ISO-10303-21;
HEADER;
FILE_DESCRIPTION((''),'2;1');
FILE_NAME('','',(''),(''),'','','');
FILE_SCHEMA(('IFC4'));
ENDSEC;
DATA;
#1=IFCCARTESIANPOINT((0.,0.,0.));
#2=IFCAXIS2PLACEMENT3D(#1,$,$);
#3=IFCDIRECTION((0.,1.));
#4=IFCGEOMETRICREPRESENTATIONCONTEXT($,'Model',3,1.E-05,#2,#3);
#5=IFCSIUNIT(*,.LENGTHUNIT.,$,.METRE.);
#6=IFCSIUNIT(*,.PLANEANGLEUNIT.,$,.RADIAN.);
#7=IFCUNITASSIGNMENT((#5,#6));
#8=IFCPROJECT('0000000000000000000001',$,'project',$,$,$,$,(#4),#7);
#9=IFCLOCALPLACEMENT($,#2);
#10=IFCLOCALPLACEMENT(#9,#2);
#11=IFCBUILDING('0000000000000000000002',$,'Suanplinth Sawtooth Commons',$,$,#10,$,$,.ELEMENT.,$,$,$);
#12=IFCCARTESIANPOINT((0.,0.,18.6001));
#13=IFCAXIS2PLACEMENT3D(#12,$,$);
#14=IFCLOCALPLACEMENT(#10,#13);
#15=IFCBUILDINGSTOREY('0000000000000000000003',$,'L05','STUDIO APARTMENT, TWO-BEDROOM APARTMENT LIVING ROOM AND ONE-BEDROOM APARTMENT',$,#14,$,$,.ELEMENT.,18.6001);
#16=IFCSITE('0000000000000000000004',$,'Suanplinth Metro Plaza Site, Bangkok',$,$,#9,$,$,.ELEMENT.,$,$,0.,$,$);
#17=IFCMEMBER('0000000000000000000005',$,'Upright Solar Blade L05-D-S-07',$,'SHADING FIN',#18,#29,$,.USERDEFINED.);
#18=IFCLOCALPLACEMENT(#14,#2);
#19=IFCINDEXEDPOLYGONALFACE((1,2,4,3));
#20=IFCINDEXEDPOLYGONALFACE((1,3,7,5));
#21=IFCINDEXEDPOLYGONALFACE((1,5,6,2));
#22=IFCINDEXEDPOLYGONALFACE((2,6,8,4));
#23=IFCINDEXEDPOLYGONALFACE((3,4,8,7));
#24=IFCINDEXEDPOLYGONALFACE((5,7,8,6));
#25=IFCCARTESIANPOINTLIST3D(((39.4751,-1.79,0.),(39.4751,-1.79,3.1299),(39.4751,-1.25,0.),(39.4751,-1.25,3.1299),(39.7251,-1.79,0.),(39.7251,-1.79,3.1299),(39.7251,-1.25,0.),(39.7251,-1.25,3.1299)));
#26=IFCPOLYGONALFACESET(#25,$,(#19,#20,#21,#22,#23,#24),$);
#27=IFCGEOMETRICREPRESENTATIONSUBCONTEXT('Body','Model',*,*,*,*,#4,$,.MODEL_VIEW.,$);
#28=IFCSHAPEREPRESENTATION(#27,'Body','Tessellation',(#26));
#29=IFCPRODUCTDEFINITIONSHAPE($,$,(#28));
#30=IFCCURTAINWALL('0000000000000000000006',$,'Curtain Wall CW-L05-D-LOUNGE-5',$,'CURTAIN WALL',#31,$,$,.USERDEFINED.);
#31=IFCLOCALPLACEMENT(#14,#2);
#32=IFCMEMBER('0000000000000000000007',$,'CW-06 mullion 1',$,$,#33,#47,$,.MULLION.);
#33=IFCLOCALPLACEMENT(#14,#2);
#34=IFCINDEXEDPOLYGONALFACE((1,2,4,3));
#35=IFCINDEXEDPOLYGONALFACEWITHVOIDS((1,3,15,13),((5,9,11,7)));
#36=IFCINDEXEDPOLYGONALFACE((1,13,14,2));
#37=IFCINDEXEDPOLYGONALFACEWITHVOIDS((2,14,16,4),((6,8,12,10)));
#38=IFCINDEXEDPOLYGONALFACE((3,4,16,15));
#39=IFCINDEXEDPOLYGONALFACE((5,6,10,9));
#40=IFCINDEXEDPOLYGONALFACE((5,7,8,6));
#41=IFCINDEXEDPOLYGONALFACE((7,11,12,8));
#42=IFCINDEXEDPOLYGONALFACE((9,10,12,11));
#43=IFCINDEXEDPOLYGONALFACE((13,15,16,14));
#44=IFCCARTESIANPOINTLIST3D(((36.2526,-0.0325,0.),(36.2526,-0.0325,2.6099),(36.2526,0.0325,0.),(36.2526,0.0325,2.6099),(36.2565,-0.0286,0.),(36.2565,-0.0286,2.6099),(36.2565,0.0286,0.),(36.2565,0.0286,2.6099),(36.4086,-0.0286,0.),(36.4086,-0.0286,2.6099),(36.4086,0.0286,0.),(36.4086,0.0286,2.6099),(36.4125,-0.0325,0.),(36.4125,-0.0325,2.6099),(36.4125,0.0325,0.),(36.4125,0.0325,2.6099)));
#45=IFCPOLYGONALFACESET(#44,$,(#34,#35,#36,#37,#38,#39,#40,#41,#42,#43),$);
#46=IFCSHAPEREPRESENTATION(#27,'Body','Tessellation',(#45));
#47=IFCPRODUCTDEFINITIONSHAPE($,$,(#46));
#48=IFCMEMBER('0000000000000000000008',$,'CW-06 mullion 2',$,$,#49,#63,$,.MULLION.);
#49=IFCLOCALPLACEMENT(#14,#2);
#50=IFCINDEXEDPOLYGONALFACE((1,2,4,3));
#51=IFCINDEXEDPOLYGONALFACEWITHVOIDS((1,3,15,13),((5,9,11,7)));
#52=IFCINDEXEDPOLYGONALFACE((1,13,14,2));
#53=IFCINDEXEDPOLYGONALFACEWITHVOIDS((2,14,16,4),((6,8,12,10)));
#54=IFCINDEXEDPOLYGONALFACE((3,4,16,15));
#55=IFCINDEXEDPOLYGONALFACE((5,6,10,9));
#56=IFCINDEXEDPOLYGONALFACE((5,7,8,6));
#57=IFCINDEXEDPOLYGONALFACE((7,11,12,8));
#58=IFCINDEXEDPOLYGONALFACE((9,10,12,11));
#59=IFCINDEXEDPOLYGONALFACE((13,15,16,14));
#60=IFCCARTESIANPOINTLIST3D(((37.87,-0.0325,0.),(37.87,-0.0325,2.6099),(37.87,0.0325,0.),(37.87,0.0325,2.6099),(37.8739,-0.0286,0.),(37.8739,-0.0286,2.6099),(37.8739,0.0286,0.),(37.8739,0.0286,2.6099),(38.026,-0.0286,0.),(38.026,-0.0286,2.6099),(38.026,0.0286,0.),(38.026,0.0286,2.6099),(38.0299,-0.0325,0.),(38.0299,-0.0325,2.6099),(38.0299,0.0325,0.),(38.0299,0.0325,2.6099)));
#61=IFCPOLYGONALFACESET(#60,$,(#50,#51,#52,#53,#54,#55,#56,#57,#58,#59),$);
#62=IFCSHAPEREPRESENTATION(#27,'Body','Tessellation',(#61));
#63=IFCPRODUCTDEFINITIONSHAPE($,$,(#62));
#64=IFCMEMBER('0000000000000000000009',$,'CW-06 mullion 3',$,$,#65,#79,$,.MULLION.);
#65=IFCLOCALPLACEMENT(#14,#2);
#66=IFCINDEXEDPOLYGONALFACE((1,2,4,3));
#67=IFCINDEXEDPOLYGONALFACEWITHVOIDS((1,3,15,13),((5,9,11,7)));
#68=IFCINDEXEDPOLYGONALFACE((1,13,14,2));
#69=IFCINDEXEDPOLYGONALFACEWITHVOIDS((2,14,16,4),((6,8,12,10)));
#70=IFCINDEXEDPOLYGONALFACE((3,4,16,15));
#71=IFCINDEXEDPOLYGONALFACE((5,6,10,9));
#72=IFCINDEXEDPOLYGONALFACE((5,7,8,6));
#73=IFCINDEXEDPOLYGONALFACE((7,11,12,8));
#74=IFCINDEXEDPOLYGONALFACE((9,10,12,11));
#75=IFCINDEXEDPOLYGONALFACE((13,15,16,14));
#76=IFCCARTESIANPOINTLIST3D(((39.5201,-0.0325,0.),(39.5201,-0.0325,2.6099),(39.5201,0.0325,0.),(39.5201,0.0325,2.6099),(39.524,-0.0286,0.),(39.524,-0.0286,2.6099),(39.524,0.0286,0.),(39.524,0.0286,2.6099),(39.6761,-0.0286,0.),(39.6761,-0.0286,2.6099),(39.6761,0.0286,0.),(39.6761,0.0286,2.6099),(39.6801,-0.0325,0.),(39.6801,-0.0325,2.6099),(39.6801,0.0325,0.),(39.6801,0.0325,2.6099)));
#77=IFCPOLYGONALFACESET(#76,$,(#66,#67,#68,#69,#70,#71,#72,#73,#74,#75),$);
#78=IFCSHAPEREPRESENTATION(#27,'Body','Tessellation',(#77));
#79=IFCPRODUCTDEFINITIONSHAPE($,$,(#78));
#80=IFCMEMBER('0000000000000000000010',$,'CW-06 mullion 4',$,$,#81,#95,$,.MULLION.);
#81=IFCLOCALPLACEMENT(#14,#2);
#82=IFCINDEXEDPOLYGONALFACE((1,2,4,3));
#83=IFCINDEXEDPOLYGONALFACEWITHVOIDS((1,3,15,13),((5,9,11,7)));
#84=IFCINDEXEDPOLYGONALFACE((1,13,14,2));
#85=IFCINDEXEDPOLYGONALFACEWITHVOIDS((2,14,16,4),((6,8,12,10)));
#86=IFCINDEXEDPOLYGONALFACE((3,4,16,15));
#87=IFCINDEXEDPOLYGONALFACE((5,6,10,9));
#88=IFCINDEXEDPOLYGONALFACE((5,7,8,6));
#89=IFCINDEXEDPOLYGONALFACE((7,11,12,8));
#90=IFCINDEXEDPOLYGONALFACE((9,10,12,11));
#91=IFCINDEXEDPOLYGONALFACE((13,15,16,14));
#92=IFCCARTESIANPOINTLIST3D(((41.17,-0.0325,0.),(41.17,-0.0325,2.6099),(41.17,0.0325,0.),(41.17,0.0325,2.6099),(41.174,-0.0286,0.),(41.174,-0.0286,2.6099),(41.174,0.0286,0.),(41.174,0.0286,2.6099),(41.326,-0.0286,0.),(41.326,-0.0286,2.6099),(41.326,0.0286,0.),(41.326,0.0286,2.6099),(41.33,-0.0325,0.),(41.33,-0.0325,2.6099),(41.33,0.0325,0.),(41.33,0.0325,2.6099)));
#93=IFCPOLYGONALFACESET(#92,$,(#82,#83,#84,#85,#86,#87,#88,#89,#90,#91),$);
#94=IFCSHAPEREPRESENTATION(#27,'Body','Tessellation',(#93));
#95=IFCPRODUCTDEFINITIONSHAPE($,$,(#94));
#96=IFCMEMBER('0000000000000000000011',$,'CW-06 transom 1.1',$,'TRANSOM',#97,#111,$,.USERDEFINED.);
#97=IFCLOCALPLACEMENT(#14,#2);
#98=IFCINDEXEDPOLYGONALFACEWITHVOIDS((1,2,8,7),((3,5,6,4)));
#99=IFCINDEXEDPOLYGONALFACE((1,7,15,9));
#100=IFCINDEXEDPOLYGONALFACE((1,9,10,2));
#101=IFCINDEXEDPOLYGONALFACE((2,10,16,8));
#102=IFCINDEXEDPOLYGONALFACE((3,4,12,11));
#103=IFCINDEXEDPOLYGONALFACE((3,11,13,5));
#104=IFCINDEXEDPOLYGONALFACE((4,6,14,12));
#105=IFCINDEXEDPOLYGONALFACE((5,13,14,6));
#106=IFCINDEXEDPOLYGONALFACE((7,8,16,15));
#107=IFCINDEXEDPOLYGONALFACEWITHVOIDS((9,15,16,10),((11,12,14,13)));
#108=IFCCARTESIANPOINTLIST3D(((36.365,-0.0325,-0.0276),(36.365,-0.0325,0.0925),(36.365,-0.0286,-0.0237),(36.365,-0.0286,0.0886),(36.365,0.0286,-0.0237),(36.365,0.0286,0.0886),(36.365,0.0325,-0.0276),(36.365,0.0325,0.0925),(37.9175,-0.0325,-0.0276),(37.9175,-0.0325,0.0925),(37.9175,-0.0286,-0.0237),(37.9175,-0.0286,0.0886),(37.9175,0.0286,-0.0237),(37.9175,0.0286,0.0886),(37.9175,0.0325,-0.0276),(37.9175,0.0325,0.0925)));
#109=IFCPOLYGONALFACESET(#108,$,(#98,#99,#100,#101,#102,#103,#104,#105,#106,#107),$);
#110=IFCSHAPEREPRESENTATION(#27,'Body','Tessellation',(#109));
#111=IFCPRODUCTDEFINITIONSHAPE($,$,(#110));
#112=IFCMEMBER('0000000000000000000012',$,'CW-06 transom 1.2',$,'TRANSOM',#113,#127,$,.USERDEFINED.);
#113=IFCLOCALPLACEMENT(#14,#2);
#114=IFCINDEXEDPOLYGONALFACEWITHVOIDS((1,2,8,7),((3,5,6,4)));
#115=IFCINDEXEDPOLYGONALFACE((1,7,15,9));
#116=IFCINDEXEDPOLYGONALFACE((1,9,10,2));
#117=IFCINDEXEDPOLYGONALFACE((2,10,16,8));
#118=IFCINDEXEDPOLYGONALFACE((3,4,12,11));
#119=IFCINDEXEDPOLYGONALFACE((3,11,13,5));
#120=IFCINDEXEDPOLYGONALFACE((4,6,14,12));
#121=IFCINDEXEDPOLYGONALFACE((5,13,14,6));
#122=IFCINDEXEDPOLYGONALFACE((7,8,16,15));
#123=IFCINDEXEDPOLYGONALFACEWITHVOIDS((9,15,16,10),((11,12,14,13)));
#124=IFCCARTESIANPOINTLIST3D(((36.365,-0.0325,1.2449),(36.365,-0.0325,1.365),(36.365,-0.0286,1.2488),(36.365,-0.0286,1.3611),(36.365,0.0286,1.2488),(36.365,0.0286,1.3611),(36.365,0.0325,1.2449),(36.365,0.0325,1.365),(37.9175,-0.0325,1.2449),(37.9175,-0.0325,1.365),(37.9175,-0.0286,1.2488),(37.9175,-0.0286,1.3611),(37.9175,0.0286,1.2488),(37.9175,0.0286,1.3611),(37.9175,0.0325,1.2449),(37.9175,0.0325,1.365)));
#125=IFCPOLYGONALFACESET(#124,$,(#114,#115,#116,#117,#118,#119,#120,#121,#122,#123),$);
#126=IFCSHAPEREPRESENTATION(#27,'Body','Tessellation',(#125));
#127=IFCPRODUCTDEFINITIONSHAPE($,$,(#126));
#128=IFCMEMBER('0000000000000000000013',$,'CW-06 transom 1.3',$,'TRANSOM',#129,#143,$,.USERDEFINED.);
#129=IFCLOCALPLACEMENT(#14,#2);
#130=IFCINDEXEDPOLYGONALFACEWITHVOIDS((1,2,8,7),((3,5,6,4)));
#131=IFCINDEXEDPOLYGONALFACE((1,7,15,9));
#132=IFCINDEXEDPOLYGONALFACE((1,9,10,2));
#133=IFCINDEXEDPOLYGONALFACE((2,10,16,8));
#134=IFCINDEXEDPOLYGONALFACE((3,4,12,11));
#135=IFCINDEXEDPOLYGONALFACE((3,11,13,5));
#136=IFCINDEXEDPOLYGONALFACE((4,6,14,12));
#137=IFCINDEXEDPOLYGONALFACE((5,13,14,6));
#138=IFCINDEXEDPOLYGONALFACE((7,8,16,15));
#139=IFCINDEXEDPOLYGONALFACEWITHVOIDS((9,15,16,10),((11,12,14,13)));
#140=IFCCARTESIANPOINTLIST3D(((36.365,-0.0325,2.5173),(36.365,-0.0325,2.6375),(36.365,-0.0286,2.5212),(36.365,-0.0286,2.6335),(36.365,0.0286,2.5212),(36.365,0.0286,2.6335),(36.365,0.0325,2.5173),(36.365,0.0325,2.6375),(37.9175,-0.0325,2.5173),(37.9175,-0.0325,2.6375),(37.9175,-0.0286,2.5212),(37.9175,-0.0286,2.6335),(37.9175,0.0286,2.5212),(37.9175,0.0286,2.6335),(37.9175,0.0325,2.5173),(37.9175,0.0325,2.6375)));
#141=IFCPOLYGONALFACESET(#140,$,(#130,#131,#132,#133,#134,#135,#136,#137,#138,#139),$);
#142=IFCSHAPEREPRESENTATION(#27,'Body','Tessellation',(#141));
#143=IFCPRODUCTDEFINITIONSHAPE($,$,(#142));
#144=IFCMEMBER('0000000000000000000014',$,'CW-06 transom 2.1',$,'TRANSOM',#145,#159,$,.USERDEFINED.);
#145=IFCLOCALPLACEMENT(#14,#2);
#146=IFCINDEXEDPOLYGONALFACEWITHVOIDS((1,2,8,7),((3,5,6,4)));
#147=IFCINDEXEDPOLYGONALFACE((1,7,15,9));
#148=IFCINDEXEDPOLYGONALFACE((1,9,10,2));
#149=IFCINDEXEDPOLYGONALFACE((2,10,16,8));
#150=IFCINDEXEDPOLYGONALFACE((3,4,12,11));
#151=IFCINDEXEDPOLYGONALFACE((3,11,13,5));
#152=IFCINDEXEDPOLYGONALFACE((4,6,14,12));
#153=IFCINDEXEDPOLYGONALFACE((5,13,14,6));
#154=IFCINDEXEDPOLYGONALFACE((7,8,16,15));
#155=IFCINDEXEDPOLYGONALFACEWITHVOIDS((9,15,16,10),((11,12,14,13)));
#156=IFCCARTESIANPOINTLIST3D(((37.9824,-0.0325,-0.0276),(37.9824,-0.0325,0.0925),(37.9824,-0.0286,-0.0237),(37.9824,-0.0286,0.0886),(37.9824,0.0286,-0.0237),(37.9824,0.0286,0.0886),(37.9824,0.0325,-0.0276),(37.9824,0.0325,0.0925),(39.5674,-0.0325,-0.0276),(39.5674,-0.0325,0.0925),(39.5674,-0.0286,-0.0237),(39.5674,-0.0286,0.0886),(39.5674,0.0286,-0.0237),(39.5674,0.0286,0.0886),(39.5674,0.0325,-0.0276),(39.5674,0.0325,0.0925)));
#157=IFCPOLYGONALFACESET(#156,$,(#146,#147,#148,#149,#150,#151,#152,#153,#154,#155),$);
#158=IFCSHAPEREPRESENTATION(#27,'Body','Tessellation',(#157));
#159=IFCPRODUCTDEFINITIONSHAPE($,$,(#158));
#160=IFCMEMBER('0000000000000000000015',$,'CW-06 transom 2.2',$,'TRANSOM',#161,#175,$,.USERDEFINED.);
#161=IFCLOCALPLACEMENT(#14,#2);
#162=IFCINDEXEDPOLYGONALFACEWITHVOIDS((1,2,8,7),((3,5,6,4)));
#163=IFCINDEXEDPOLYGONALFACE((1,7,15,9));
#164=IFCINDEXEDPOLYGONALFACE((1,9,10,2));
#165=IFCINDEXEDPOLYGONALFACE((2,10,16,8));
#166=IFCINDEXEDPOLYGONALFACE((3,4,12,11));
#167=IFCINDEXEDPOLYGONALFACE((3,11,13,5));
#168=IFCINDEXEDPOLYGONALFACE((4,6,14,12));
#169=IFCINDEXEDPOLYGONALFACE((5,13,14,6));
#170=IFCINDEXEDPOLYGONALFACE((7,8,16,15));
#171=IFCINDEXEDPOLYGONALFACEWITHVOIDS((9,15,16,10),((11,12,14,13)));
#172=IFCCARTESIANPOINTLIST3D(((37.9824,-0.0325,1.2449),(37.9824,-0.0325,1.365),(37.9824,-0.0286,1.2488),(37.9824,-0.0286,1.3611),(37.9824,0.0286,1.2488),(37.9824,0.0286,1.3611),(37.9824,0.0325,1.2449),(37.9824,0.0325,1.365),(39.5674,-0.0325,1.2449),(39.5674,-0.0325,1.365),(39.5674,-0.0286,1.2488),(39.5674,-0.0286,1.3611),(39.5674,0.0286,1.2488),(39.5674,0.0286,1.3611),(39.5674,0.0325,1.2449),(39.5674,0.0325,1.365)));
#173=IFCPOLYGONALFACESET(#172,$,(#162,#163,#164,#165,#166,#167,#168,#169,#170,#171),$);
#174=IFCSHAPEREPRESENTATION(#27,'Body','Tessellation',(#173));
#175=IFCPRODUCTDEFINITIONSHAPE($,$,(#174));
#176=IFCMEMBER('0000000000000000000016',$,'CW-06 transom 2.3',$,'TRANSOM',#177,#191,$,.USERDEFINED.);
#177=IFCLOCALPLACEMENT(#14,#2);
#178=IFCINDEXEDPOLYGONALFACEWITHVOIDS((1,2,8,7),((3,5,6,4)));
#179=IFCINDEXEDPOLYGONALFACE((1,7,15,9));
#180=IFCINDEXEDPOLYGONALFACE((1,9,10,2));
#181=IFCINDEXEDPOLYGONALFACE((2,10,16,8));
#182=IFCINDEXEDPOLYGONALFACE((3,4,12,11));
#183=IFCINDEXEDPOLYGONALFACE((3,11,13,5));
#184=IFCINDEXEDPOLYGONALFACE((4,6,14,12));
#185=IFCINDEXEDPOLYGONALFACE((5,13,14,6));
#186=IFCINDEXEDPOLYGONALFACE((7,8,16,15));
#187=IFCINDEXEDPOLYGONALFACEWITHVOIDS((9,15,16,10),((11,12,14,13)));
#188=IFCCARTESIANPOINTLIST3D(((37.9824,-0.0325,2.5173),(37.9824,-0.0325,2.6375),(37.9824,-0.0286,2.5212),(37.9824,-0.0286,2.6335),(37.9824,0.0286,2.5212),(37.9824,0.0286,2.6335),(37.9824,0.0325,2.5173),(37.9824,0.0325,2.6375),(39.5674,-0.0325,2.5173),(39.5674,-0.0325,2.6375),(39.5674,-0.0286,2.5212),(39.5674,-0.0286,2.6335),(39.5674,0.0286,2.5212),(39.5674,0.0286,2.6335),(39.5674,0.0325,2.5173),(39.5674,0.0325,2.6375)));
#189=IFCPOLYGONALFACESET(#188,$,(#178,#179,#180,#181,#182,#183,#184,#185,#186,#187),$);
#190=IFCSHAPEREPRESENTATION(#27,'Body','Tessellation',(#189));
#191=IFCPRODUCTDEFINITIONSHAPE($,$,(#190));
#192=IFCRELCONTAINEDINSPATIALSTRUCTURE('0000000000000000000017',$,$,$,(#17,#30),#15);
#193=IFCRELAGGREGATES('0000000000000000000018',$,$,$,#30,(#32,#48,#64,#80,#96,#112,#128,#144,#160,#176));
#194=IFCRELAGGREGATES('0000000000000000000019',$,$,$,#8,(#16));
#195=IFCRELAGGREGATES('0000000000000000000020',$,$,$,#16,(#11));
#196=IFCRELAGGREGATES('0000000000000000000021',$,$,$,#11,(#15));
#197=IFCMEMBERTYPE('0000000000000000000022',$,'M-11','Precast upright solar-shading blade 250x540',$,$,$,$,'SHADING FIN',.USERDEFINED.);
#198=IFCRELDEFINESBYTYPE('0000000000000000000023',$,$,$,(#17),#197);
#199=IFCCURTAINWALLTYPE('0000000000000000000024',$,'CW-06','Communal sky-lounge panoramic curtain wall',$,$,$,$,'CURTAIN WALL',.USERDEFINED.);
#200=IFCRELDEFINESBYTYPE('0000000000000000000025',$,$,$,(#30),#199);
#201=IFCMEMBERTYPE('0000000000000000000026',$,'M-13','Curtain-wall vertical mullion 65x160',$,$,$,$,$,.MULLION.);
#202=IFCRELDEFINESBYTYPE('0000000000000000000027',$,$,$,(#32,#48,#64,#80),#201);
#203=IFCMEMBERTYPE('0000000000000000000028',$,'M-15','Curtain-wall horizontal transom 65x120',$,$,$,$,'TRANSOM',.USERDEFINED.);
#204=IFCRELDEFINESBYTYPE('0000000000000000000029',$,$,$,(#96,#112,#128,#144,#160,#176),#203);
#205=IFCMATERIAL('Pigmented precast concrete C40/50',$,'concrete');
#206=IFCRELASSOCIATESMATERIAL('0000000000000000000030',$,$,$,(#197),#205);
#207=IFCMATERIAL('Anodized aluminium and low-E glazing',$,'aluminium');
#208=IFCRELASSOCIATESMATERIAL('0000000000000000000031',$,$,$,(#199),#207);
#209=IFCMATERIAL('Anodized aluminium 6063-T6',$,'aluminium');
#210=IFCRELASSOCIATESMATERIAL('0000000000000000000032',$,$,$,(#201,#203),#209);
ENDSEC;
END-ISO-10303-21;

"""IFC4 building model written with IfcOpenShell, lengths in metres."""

from ifc_helpers import new_model, si_unit, direction, frame, origin, origin_2d, place, context, subcontext, project, spatial, rectangle, hollow_rectangle, extrude, material, material_profile, profile_set, type_object, element, aggregate, save


model = new_model("IFC4")

# Units and contexts
model_context = context("Model", 3, precision=1e-05, world=origin(), true_north=direction((0.0, 1.0)))
body_context = subcontext(model_context, "Body", "Model", "MODEL_VIEW")
ifc_project = project(units=[si_unit("LENGTHUNIT", "METRE"), si_unit("PLANEANGLEUNIT", "RADIAN")], contexts=[model_context])

# Site, building, storey
site_placement = place(None, origin())
site = spatial("IfcSite", under=ifc_project, at=site_placement, Name="Suanplinth Metro Plaza Site, Bangkok", CompositionType="ELEMENT", RefElevation=0.0)
building_placement = place(site_placement, origin())
building = spatial("IfcBuilding", under=site, at=building_placement, Name="Suanplinth Sawtooth Commons", CompositionType="ELEMENT")
storey_placement = place(building_placement, frame((0.0, 0.0, 18.6001)))
storey = spatial("IfcBuildingStorey", under=building, at=storey_placement, Name="L05", Description="STUDIO APARTMENT, TWO-BEDROOM APARTMENT LIVING ROOM AND ONE-BEDROOM APARTMENT", CompositionType="ELEMENT", Elevation=18.6001)

# Member
ifc_material_1 = material(Name="Pigmented precast concrete C40/50", Category="concrete")
ifc_material_profile_1 = material_profile(ifc_material_1, rectangle(XDim=0.25, YDim=0.54, at=origin_2d()), Name="PC-FIN 250x540")
ifc_profile_set_1 = profile_set([ifc_material_profile_1], Name="Pigmented precast concrete C40/50")
member_type_1 = type_object("IfcMemberType", Name="M-11", Description="Precast upright solar-shading blade 250x540", ElementType="SHADING FIN", PredefinedType="USERDEFINED", material=ifc_profile_set_1)
member_1_placement = place(storey_placement, frame((39.6001, -1.52, 0.0), z_axis=(0.0, 0.0, 1.0), x_axis=(1.0, 0.0, 0.0)))
element("IfcMember", 1, at=member_1_placement, inside=storey, type_object=member_type_1, Name="Upright Solar Blade L05-D-S-07", ObjectType="SHADING FIN", PredefinedType="USERDEFINED", context=body_context, shape_type="SweptSolid", body=[
    extrude(rectangle(XDim=0.25, YDim=0.54, at=origin_2d()), origin(), (0.0, 0.0, 1.0), 3.1299),
])

# Curtain wall, members
ifc_material_2 = material(Name="Anodized aluminium and low-E glazing", Category="aluminium")
curtain_wall_type = type_object("IfcCurtainWallType", Name="CW-06", Description="Communal sky-lounge panoramic curtain wall", ElementType="CURTAIN WALL", PredefinedType="USERDEFINED", material=ifc_material_2)
curtain_wall_placement = place(storey_placement, origin())
curtain_wall = element("IfcCurtainWall", 2, at=curtain_wall_placement, inside=storey, type_object=curtain_wall_type, Name="Curtain Wall CW-L05-D-LOUNGE-5", ObjectType="CURTAIN WALL", PredefinedType="USERDEFINED")
ifc_material_3 = material(Name="Anodized aluminium 6063-T6", Category="aluminium")
ifc_material_profile_2 = material_profile(ifc_material_3, hollow_rectangle(XDim=0.0649, YDim=0.1599, WallThickness=0.0039, at=origin_2d()), Name="ALU-MUL 65x160")
ifc_profile_set_2 = profile_set([ifc_material_profile_2], Name="Anodized aluminium 6063-T6")
member_type_2 = type_object("IfcMemberType", Name="M-13", Description="Curtain-wall vertical mullion 65x160", PredefinedType="MULLION", material=ifc_profile_set_2)
member_2_placement = place(storey_placement, frame((36.3325, 0.0, 0.0), z_axis=(0.0, 0.0, 1.0), x_axis=(0.0, 1.0, 0.0)))
member_2 = element("IfcMember", 3, at=member_2_placement, type_object=member_type_2, Name="CW-06 mullion 1", PredefinedType="MULLION", context=body_context, shape_type="SweptSolid", body=[
    extrude(hollow_rectangle(XDim=0.0649, YDim=0.1599, WallThickness=0.0039, at=origin_2d()), origin(), (0.0, 0.0, 1.0), 2.6099),
])
member_3_placement = place(storey_placement, frame((37.95, 0.0, 0.0), z_axis=(0.0, 0.0, 1.0), x_axis=(0.0, 1.0, 0.0)))
member_3 = element("IfcMember", 4, at=member_3_placement, type_object=member_type_2, Name="CW-06 mullion 2", PredefinedType="MULLION", context=body_context, shape_type="SweptSolid", body=[
    extrude(hollow_rectangle(XDim=0.0649, YDim=0.1599, WallThickness=0.0039, at=origin_2d()), origin(), (0.0, 0.0, 1.0), 2.6099),
])
member_4_placement = place(storey_placement, frame((39.6001, 0.0, 0.0), z_axis=(0.0, 0.0, 1.0), x_axis=(0.0, 1.0, 0.0)))
member_4 = element("IfcMember", 5, at=member_4_placement, type_object=member_type_2, Name="CW-06 mullion 3", PredefinedType="MULLION", context=body_context, shape_type="SweptSolid", body=[
    extrude(hollow_rectangle(XDim=0.0649, YDim=0.1599, WallThickness=0.0039, at=origin_2d()), origin(), (0.0, 0.0, 1.0), 2.6099),
])
member_5_placement = place(storey_placement, frame((41.25, 0.0, 0.0), z_axis=(0.0, 0.0, 1.0), x_axis=(0.0, 1.0, 0.0)))
member_5 = element("IfcMember", 6, at=member_5_placement, type_object=member_type_2, Name="CW-06 mullion 4", PredefinedType="MULLION", context=body_context, shape_type="SweptSolid", body=[
    extrude(hollow_rectangle(XDim=0.0649, YDim=0.1599, WallThickness=0.0039, at=origin_2d()), origin(), (0.0, 0.0, 1.0), 2.6099),
])
ifc_material_profile_3 = material_profile(ifc_material_3, hollow_rectangle(XDim=0.0649, YDim=0.1201, WallThickness=0.0039, at=origin_2d()), Name="ALU-TRN 65x120")
ifc_profile_set_3 = profile_set([ifc_material_profile_3], Name="Anodized aluminium 6063-T6")
member_type_3 = type_object("IfcMemberType", Name="M-15", Description="Curtain-wall horizontal transom 65x120", ElementType="TRANSOM", PredefinedType="USERDEFINED", material=ifc_profile_set_3)
member_6_placement = place(storey_placement, frame((36.365, 0.0, 0.0325), z_axis=(1.0, 0.0, 0.0), x_axis=(0.0, 1.0, 0.0)))
member_6 = element("IfcMember", 7, at=member_6_placement, type_object=member_type_3, Name="CW-06 transom 1.1", ObjectType="TRANSOM", PredefinedType="USERDEFINED", context=body_context, shape_type="SweptSolid", body=[
    extrude(hollow_rectangle(XDim=0.0649, YDim=0.1201, WallThickness=0.0039, at=origin_2d()), origin(), (0.0, 0.0, 1.0), 1.5525),
])
member_7_placement = place(storey_placement, frame((36.365, 0.0, 1.3049), z_axis=(1.0, 0.0, 0.0), x_axis=(0.0, 1.0, 0.0)))
member_7 = element("IfcMember", 8, at=member_7_placement, type_object=member_type_3, Name="CW-06 transom 1.2", ObjectType="TRANSOM", PredefinedType="USERDEFINED", context=body_context, shape_type="SweptSolid", body=[
    extrude(hollow_rectangle(XDim=0.0649, YDim=0.1201, WallThickness=0.0039, at=origin_2d()), origin(), (0.0, 0.0, 1.0), 1.5525),
])
member_8_placement = place(storey_placement, frame((36.365, 0.0, 2.5774), z_axis=(1.0, 0.0, 0.0), x_axis=(0.0, 1.0, 0.0)))
member_8 = element("IfcMember", 9, at=member_8_placement, type_object=member_type_3, Name="CW-06 transom 1.3", ObjectType="TRANSOM", PredefinedType="USERDEFINED", context=body_context, shape_type="SweptSolid", body=[
    extrude(hollow_rectangle(XDim=0.0649, YDim=0.1201, WallThickness=0.0039, at=origin_2d()), origin(), (0.0, 0.0, 1.0), 1.5525),
])
member_9_placement = place(storey_placement, frame((37.9824, 0.0, 0.0325), z_axis=(1.0, 0.0, 0.0), x_axis=(0.0, 1.0, 0.0)))
member_9 = element("IfcMember", 10, at=member_9_placement, type_object=member_type_3, Name="CW-06 transom 2.1", ObjectType="TRANSOM", PredefinedType="USERDEFINED", context=body_context, shape_type="SweptSolid", body=[
    extrude(hollow_rectangle(XDim=0.0649, YDim=0.1201, WallThickness=0.0039, at=origin_2d()), origin(), (0.0, 0.0, 1.0), 1.585),
])
member_10_placement = place(storey_placement, frame((37.9824, 0.0, 1.3049), z_axis=(1.0, 0.0, 0.0), x_axis=(0.0, 1.0, 0.0)))
member_10 = element("IfcMember", 11, at=member_10_placement, type_object=member_type_3, Name="CW-06 transom 2.2", ObjectType="TRANSOM", PredefinedType="USERDEFINED", context=body_context, shape_type="SweptSolid", body=[
    extrude(hollow_rectangle(XDim=0.0649, YDim=0.1201, WallThickness=0.0039, at=origin_2d()), origin(), (0.0, 0.0, 1.0), 1.585),
])
member_11_placement = place(storey_placement, frame((37.9824, 0.0, 2.5774), z_axis=(1.0, 0.0, 0.0), x_axis=(0.0, 1.0, 0.0)))
member_11 = element("IfcMember", 12, at=member_11_placement, type_object=member_type_3, Name="CW-06 transom 2.3", ObjectType="TRANSOM", PredefinedType="USERDEFINED", context=body_context, shape_type="SweptSolid", body=[
    extrude(hollow_rectangle(XDim=0.0649, YDim=0.1201, WallThickness=0.0039, at=origin_2d()), origin(), (0.0, 0.0, 1.0), 1.585),
])
aggregate(curtain_wall, [member_2, member_3, member_4, member_5, member_6, member_7, member_8, member_9, member_10, member_11])

save(model, "model.ifc")
